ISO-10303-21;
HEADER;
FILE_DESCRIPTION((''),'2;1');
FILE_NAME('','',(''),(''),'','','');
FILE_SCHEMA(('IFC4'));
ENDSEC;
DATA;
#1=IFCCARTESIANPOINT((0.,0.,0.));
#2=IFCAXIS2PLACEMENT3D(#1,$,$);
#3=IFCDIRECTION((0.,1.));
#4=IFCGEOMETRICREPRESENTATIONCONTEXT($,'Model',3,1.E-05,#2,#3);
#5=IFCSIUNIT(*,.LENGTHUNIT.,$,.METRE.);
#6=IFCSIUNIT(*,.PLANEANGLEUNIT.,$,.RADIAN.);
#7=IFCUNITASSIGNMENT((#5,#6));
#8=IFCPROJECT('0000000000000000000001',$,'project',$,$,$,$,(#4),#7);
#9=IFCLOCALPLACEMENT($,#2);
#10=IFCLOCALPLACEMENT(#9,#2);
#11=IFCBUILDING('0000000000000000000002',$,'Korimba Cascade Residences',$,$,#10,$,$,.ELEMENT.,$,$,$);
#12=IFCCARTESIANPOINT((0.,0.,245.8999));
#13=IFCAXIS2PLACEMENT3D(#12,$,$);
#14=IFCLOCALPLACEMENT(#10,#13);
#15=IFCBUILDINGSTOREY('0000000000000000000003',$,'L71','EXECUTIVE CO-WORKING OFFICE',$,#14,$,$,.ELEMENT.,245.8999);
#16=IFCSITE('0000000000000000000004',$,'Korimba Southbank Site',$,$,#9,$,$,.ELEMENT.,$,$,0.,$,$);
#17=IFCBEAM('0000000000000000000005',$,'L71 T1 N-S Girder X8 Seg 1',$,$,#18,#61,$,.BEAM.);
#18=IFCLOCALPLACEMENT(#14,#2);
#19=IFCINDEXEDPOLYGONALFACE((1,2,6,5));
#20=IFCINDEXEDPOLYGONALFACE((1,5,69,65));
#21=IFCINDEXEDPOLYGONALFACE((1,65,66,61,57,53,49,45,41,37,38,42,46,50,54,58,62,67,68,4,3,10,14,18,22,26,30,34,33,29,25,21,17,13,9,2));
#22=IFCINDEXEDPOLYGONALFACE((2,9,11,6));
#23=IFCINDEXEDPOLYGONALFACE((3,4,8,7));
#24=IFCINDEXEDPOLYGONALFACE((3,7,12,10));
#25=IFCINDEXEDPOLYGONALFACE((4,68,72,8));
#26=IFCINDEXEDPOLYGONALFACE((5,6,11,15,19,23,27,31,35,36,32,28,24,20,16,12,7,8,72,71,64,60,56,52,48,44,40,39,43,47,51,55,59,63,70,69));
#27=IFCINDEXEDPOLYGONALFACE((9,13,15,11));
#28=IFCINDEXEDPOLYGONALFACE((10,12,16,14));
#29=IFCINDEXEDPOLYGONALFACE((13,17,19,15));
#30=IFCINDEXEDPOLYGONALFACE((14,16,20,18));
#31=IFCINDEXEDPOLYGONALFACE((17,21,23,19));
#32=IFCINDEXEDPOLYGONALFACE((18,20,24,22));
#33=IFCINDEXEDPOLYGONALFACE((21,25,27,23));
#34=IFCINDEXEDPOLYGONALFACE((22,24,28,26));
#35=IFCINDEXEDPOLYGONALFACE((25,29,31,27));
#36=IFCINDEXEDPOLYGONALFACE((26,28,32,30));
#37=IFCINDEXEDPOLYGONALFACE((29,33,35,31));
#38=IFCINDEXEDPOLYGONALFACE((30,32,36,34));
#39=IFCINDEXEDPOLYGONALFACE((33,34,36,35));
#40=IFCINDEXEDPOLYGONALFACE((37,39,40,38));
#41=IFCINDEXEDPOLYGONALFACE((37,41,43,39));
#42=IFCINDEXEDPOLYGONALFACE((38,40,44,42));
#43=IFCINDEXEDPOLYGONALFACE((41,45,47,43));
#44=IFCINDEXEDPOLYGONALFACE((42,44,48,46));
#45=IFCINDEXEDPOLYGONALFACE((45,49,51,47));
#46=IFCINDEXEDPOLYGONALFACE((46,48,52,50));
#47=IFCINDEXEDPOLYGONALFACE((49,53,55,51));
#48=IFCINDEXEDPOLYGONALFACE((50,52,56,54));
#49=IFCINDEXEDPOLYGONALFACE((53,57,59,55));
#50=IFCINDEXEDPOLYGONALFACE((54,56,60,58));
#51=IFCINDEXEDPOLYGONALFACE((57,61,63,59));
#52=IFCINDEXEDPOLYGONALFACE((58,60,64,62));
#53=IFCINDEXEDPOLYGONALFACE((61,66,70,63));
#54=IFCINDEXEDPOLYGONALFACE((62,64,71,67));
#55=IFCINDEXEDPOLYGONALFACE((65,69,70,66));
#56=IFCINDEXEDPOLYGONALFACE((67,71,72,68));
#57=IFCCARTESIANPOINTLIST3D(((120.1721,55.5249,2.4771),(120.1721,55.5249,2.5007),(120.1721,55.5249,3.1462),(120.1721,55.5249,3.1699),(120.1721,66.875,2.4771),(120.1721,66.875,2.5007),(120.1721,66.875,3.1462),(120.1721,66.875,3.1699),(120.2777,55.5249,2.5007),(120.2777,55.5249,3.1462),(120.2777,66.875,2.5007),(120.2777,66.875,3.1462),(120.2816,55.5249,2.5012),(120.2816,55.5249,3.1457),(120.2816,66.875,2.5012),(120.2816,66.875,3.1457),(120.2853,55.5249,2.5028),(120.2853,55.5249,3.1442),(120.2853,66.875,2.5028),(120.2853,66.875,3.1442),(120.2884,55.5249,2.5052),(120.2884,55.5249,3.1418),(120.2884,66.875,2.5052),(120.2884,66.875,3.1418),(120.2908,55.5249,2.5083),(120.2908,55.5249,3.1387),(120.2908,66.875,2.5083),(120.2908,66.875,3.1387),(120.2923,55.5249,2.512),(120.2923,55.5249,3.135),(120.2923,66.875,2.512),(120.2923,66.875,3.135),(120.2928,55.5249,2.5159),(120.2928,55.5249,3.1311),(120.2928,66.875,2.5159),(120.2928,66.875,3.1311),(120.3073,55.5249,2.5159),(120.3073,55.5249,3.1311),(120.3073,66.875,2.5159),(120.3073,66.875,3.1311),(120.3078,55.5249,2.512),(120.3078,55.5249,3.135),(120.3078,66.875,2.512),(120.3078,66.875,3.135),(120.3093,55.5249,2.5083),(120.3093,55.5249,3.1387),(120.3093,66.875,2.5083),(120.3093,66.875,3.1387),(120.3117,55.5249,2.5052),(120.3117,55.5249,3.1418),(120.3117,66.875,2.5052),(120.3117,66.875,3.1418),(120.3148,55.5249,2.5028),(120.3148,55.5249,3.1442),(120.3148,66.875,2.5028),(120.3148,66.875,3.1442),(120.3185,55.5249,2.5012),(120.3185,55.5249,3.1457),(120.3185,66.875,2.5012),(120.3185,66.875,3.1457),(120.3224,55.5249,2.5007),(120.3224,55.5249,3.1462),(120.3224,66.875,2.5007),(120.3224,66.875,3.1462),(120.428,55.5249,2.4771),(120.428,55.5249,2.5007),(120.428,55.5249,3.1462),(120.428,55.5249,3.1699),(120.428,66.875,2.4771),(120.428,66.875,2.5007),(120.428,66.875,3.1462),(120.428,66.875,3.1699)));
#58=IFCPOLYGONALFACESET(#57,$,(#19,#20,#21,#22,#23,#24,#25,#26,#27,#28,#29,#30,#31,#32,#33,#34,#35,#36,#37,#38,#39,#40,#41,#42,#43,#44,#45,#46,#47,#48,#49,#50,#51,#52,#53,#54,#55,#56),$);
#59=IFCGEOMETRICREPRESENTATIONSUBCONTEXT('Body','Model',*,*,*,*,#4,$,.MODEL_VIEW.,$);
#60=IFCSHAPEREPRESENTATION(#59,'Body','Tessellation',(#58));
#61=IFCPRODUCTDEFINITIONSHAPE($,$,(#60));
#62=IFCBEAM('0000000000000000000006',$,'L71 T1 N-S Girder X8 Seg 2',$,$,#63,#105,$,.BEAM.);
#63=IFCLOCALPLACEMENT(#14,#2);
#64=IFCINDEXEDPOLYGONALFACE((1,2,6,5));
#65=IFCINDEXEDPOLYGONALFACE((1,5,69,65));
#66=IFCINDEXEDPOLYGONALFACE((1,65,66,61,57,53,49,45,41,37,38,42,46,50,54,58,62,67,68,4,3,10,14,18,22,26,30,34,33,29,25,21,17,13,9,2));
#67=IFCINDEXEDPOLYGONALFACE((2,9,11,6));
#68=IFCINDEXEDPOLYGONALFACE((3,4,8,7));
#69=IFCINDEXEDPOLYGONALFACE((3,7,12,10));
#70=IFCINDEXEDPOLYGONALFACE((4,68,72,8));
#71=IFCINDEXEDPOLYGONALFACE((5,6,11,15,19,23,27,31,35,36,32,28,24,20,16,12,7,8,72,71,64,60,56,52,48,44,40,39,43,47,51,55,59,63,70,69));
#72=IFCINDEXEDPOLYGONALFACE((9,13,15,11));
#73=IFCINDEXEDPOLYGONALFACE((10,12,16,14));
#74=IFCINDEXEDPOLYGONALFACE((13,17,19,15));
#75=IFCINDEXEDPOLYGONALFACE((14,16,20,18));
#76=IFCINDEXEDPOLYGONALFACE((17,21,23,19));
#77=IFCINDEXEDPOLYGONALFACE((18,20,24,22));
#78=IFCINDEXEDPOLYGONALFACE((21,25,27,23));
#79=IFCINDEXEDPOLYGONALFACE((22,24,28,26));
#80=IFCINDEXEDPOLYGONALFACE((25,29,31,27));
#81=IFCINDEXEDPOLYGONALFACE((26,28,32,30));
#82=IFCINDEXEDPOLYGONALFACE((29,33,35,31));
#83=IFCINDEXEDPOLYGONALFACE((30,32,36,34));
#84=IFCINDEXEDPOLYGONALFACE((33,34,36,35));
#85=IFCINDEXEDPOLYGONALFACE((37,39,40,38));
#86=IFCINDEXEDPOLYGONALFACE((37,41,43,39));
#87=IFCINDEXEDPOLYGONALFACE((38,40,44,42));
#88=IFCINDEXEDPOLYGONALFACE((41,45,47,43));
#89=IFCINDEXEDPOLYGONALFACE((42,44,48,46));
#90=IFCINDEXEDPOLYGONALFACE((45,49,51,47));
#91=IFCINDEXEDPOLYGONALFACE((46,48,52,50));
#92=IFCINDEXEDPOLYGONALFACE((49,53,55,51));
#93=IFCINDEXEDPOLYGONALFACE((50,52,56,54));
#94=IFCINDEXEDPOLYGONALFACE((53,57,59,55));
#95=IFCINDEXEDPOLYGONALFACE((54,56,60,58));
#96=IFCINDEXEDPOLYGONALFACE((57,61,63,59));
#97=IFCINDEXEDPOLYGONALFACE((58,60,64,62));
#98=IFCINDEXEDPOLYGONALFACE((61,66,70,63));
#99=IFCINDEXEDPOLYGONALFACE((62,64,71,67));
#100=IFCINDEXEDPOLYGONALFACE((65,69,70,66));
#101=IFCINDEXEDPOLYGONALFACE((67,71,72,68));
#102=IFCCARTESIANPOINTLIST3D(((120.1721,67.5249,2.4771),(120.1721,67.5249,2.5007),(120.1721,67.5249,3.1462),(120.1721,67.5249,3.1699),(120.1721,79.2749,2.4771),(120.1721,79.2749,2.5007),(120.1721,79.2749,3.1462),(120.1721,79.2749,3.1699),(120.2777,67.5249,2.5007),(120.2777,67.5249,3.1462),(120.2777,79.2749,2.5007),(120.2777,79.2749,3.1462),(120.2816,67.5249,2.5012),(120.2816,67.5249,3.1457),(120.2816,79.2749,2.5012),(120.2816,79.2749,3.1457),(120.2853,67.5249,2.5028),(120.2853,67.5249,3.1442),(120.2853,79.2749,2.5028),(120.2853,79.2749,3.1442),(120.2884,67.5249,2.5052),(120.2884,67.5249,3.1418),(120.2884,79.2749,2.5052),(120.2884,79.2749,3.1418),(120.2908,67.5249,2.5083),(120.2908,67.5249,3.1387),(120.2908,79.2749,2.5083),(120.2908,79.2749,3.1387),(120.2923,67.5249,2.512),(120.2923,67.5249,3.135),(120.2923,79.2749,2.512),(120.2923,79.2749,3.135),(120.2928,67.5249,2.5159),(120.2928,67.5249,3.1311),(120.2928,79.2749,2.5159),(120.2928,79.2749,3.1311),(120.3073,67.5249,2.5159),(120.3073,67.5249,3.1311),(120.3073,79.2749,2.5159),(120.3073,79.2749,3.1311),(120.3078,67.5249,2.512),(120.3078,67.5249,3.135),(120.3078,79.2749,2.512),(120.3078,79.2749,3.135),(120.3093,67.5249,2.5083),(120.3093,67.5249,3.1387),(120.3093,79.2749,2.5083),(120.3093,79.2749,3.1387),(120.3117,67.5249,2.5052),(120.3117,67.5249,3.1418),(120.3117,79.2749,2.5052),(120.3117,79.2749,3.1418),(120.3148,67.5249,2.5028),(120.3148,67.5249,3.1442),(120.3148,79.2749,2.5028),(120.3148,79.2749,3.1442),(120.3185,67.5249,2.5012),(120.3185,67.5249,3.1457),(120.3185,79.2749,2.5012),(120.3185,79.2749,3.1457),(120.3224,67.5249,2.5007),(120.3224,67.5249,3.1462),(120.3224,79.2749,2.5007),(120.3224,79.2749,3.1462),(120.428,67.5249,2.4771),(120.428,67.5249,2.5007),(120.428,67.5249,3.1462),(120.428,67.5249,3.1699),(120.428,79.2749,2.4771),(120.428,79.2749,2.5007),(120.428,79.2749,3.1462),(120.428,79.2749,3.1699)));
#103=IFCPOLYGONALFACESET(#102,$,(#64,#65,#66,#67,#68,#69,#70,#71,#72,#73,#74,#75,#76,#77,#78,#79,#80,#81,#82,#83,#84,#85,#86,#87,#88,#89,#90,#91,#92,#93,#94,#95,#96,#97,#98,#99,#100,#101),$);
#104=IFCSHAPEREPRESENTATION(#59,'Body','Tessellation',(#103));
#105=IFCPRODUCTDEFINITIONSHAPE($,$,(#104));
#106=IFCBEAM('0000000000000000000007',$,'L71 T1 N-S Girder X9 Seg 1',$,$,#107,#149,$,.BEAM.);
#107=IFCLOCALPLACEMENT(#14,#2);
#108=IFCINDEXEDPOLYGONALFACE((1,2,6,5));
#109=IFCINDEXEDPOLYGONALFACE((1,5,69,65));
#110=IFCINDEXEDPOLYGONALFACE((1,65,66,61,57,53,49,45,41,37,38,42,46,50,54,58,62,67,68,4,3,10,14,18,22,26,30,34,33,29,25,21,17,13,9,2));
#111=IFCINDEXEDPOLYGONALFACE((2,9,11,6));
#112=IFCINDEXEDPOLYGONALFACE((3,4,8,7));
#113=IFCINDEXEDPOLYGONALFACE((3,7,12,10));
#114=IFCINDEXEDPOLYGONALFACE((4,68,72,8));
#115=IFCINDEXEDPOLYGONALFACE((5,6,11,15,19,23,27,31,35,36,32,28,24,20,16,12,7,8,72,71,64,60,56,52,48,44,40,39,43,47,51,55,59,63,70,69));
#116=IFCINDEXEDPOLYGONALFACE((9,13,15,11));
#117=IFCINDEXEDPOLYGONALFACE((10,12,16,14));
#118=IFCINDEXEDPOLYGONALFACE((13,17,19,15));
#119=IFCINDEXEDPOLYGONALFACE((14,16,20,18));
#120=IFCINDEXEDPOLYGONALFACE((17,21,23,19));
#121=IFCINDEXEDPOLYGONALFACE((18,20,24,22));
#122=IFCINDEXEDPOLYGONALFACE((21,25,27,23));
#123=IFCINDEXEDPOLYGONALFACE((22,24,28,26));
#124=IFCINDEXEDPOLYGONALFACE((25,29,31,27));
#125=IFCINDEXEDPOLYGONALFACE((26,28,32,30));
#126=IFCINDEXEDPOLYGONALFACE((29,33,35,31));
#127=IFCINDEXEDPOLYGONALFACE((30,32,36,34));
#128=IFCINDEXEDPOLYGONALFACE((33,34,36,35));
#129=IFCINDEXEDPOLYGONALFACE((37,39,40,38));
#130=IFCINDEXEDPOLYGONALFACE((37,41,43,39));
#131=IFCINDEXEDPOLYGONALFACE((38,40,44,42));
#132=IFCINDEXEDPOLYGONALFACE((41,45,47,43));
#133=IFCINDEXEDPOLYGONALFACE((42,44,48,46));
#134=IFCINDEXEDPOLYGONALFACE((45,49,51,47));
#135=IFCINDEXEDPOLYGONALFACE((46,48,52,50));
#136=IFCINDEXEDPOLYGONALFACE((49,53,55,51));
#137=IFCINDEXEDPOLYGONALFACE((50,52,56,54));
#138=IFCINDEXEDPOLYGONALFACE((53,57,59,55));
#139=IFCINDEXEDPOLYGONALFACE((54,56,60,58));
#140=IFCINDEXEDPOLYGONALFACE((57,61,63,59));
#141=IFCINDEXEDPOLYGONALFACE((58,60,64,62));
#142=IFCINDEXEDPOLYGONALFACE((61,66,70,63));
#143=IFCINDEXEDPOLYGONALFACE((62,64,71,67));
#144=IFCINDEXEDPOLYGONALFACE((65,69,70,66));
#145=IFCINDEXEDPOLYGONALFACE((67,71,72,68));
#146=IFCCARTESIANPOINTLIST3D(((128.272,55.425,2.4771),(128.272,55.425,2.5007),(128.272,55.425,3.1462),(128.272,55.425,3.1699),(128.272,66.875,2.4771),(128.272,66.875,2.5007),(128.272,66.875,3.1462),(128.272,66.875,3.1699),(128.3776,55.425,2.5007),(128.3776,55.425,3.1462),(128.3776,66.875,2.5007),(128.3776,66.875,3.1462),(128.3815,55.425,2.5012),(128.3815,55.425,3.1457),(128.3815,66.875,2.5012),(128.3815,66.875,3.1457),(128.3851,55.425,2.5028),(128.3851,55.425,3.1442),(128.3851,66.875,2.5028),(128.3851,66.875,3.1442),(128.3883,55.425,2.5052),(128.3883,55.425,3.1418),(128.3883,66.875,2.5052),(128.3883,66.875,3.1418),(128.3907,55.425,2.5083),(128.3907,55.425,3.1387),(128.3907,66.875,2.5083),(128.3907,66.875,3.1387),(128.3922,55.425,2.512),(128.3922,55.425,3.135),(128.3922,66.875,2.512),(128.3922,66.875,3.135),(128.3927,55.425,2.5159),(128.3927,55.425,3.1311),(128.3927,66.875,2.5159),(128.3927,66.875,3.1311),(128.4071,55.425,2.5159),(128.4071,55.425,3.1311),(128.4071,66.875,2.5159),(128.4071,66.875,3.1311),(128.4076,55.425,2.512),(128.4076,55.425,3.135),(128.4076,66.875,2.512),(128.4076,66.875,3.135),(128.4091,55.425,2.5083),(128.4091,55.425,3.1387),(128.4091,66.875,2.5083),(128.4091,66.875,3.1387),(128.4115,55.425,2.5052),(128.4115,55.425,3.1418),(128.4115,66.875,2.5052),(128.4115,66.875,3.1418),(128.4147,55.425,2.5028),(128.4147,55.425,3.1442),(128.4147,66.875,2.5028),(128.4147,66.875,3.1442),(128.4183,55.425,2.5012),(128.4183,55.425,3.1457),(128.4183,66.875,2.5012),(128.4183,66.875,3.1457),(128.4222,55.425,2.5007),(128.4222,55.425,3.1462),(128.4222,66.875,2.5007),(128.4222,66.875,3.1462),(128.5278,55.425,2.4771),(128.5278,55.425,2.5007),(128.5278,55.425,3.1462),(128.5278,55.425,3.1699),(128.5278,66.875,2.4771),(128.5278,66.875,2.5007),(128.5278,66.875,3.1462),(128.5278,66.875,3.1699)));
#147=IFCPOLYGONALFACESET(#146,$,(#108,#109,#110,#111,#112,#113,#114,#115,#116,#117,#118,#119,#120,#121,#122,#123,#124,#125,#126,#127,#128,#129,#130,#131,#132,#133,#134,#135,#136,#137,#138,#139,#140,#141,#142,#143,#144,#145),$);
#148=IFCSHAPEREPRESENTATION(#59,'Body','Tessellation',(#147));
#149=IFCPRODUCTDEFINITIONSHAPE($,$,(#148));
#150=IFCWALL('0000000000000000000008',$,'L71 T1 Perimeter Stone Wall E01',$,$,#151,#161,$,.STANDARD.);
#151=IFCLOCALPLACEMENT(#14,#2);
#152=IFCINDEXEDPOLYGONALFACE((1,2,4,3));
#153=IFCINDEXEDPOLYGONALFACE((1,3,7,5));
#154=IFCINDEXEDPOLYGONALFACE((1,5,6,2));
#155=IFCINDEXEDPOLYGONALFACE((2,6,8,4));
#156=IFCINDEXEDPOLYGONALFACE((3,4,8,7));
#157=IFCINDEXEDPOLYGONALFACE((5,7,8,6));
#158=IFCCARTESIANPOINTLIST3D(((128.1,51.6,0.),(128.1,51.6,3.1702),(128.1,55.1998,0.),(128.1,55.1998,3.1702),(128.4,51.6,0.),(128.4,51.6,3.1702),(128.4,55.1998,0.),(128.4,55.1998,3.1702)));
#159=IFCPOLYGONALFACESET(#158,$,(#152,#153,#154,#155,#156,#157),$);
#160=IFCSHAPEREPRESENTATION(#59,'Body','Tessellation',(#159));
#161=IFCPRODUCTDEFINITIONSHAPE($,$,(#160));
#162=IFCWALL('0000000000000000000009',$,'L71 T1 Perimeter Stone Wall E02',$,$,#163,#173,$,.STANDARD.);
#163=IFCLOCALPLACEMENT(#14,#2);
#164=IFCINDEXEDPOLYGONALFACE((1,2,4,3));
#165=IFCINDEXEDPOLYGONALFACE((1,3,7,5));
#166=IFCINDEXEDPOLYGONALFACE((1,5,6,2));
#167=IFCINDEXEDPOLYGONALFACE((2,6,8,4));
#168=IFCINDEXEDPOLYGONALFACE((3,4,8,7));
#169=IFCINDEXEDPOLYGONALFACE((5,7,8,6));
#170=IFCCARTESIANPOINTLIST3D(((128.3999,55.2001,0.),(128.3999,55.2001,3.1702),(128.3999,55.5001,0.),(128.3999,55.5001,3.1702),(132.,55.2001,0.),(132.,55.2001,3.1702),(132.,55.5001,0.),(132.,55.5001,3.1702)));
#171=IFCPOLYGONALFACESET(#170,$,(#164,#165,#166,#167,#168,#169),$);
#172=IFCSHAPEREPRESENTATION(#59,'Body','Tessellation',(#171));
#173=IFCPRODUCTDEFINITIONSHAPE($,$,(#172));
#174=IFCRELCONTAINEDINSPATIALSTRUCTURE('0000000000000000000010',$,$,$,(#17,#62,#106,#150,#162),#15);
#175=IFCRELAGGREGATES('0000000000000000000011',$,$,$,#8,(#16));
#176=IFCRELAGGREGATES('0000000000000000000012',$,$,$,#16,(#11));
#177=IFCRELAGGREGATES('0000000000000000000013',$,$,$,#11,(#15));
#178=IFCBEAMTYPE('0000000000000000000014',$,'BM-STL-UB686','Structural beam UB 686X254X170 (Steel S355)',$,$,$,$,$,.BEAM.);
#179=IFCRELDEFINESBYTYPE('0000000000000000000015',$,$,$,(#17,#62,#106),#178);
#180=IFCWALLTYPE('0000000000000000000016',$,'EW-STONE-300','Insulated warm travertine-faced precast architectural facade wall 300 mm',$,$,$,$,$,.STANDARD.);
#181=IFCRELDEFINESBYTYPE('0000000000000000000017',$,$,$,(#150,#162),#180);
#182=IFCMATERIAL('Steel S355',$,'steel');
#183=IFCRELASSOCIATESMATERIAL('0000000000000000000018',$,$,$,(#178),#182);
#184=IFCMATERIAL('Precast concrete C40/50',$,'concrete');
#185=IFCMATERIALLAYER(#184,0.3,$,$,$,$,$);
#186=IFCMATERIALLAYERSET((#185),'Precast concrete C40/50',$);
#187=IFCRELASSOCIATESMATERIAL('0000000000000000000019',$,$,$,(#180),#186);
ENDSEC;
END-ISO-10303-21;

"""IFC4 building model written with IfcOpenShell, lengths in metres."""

from ifc_helpers import new_model, si_unit, direction, frame, frame_2d, origin, origin_2d, place, context, subcontext, project, spatial, rectangle, i_section, extrude, material, layer, layer_set, material_profile, profile_set, type_object, element, save


model = new_model("IFC4")

# Units and contexts
model_context = context("Model", 3, precision=1e-05, world=origin(), true_north=direction((0.0, 1.0)))
body_context = subcontext(model_context, "Body", "Model", "MODEL_VIEW")
ifc_project = project(units=[si_unit("LENGTHUNIT", "METRE"), si_unit("PLANEANGLEUNIT", "RADIAN")], contexts=[model_context])

# Site, building, storey
site_placement = place(None, origin())
site = spatial("IfcSite", under=ifc_project, at=site_placement, Name="Korimba Southbank Site", CompositionType="ELEMENT", RefElevation=0.0)
building_placement = place(site_placement, origin())
building = spatial("IfcBuilding", under=site, at=building_placement, Name="Korimba Cascade Residences", CompositionType="ELEMENT")
storey_placement = place(building_placement, frame((0.0, 0.0, 245.8999)))
storey = spatial("IfcBuildingStorey", under=building, at=storey_placement, Name="L71", Description="EXECUTIVE CO-WORKING OFFICE", CompositionType="ELEMENT", Elevation=245.8999)

# Beams
ifc_material_1 = material(Name="Steel S355", Category="steel")
ifc_material_profile_1 = material_profile(ifc_material_1, i_section(OverallWidth=0.2559, OverallDepth=0.6929, WebThickness=0.0144, FlangeThickness=0.0237, FilletRadius=0.0151, at=origin_2d()), Name="Steel S355")
ifc_profile_set_1 = profile_set([ifc_material_profile_1], Name="Steel S355")
beam_type_1 = type_object("IfcBeamType", Name="BM-STL-UB686", Description="Structural beam UB 686X254X170 (Steel S355)", PredefinedType="BEAM", material=ifc_profile_set_1)
beam_1_placement = place(storey_placement, frame((120.3, 55.5249, 2.8235), z_axis=(0.0, 1.0, 0.0), x_axis=(-1.0, 0.0, 0.0)))
element("IfcBeam", 1, at=beam_1_placement, inside=storey, type_object=beam_type_1, Name="L71 T1 N-S Girder X8 Seg 1", PredefinedType="BEAM", context=body_context, shape_type="SweptSolid", body=[
    extrude(i_section(OverallWidth=0.2559, OverallDepth=0.6929, WebThickness=0.0144, FlangeThickness=0.0237, FilletRadius=0.0151, at=origin_2d()), origin(), (0.0, 0.0, 1.0), 11.3501),
])
beam_2_placement = place(storey_placement, frame((120.3, 67.5249, 2.8235), z_axis=(0.0, 1.0, 0.0), x_axis=(-1.0, 0.0, 0.0)))
element("IfcBeam", 2, at=beam_2_placement, inside=storey, type_object=beam_type_1, Name="L71 T1 N-S Girder X8 Seg 2", PredefinedType="BEAM", context=body_context, shape_type="SweptSolid", body=[
    extrude(i_section(OverallWidth=0.2559, OverallDepth=0.6929, WebThickness=0.0144, FlangeThickness=0.0237, FilletRadius=0.0151, at=origin_2d()), origin(), (0.0, 0.0, 1.0), 11.75),
])
beam_3_placement = place(storey_placement, frame((128.3999, 55.425, 2.8235), z_axis=(0.0, 1.0, 0.0), x_axis=(-1.0, 0.0, 0.0)))
element("IfcBeam", 3, at=beam_3_placement, inside=storey, type_object=beam_type_1, Name="L71 T1 N-S Girder X9 Seg 1", PredefinedType="BEAM", context=body_context, shape_type="SweptSolid", body=[
    extrude(i_section(OverallWidth=0.2559, OverallDepth=0.6929, WebThickness=0.0144, FlangeThickness=0.0237, FilletRadius=0.0151, at=origin_2d()), origin(), (0.0, 0.0, 1.0), 11.45),
])

# Walls
ifc_material_2 = material(Name="Precast concrete C40/50", Category="concrete")
ifc_layer_1 = layer(ifc_material_2, 0.3)
ifc_layer_set_1 = layer_set([ifc_layer_1], Name="Precast concrete C40/50")
wall_type_1 = type_object("IfcWallType", Name="EW-STONE-300", Description="Insulated warm travertine-faced precast architectural facade wall 300 mm", PredefinedType="STANDARD", material=ifc_layer_set_1)
wall_1_placement = place(storey_placement, frame((128.25, 51.6001, 0.0), z_axis=(0.0, 0.0, 1.0), x_axis=(0.0, 1.0, 0.0)))
element("IfcWall", 4, at=wall_1_placement, inside=storey, type_object=wall_type_1, Name="L71 T1 Perimeter Stone Wall E01", PredefinedType="STANDARD", context=body_context, shape_type="SweptSolid", body=[
    extrude(rectangle(XDim=3.5999, YDim=0.3, at=frame_2d((1.7998, 0.0))), origin(), (0.0, 0.0, 1.0), 3.1702),
])
wall_2_placement = place(storey_placement, frame((128.3999, 55.3501, 0.0), z_axis=(0.0, 0.0, 1.0), x_axis=(1.0, 0.0, 0.0)))
element("IfcWall", 5, at=wall_2_placement, inside=storey, type_object=wall_type_1, Name="L71 T1 Perimeter Stone Wall E02", PredefinedType="STANDARD", context=body_context, shape_type="SweptSolid", body=[
    extrude(rectangle(XDim=3.6001, YDim=0.3, at=frame_2d((1.8, 0.0))), origin(), (0.0, 0.0, 1.0), 3.1702),
])

save(model, "model.ifc")
